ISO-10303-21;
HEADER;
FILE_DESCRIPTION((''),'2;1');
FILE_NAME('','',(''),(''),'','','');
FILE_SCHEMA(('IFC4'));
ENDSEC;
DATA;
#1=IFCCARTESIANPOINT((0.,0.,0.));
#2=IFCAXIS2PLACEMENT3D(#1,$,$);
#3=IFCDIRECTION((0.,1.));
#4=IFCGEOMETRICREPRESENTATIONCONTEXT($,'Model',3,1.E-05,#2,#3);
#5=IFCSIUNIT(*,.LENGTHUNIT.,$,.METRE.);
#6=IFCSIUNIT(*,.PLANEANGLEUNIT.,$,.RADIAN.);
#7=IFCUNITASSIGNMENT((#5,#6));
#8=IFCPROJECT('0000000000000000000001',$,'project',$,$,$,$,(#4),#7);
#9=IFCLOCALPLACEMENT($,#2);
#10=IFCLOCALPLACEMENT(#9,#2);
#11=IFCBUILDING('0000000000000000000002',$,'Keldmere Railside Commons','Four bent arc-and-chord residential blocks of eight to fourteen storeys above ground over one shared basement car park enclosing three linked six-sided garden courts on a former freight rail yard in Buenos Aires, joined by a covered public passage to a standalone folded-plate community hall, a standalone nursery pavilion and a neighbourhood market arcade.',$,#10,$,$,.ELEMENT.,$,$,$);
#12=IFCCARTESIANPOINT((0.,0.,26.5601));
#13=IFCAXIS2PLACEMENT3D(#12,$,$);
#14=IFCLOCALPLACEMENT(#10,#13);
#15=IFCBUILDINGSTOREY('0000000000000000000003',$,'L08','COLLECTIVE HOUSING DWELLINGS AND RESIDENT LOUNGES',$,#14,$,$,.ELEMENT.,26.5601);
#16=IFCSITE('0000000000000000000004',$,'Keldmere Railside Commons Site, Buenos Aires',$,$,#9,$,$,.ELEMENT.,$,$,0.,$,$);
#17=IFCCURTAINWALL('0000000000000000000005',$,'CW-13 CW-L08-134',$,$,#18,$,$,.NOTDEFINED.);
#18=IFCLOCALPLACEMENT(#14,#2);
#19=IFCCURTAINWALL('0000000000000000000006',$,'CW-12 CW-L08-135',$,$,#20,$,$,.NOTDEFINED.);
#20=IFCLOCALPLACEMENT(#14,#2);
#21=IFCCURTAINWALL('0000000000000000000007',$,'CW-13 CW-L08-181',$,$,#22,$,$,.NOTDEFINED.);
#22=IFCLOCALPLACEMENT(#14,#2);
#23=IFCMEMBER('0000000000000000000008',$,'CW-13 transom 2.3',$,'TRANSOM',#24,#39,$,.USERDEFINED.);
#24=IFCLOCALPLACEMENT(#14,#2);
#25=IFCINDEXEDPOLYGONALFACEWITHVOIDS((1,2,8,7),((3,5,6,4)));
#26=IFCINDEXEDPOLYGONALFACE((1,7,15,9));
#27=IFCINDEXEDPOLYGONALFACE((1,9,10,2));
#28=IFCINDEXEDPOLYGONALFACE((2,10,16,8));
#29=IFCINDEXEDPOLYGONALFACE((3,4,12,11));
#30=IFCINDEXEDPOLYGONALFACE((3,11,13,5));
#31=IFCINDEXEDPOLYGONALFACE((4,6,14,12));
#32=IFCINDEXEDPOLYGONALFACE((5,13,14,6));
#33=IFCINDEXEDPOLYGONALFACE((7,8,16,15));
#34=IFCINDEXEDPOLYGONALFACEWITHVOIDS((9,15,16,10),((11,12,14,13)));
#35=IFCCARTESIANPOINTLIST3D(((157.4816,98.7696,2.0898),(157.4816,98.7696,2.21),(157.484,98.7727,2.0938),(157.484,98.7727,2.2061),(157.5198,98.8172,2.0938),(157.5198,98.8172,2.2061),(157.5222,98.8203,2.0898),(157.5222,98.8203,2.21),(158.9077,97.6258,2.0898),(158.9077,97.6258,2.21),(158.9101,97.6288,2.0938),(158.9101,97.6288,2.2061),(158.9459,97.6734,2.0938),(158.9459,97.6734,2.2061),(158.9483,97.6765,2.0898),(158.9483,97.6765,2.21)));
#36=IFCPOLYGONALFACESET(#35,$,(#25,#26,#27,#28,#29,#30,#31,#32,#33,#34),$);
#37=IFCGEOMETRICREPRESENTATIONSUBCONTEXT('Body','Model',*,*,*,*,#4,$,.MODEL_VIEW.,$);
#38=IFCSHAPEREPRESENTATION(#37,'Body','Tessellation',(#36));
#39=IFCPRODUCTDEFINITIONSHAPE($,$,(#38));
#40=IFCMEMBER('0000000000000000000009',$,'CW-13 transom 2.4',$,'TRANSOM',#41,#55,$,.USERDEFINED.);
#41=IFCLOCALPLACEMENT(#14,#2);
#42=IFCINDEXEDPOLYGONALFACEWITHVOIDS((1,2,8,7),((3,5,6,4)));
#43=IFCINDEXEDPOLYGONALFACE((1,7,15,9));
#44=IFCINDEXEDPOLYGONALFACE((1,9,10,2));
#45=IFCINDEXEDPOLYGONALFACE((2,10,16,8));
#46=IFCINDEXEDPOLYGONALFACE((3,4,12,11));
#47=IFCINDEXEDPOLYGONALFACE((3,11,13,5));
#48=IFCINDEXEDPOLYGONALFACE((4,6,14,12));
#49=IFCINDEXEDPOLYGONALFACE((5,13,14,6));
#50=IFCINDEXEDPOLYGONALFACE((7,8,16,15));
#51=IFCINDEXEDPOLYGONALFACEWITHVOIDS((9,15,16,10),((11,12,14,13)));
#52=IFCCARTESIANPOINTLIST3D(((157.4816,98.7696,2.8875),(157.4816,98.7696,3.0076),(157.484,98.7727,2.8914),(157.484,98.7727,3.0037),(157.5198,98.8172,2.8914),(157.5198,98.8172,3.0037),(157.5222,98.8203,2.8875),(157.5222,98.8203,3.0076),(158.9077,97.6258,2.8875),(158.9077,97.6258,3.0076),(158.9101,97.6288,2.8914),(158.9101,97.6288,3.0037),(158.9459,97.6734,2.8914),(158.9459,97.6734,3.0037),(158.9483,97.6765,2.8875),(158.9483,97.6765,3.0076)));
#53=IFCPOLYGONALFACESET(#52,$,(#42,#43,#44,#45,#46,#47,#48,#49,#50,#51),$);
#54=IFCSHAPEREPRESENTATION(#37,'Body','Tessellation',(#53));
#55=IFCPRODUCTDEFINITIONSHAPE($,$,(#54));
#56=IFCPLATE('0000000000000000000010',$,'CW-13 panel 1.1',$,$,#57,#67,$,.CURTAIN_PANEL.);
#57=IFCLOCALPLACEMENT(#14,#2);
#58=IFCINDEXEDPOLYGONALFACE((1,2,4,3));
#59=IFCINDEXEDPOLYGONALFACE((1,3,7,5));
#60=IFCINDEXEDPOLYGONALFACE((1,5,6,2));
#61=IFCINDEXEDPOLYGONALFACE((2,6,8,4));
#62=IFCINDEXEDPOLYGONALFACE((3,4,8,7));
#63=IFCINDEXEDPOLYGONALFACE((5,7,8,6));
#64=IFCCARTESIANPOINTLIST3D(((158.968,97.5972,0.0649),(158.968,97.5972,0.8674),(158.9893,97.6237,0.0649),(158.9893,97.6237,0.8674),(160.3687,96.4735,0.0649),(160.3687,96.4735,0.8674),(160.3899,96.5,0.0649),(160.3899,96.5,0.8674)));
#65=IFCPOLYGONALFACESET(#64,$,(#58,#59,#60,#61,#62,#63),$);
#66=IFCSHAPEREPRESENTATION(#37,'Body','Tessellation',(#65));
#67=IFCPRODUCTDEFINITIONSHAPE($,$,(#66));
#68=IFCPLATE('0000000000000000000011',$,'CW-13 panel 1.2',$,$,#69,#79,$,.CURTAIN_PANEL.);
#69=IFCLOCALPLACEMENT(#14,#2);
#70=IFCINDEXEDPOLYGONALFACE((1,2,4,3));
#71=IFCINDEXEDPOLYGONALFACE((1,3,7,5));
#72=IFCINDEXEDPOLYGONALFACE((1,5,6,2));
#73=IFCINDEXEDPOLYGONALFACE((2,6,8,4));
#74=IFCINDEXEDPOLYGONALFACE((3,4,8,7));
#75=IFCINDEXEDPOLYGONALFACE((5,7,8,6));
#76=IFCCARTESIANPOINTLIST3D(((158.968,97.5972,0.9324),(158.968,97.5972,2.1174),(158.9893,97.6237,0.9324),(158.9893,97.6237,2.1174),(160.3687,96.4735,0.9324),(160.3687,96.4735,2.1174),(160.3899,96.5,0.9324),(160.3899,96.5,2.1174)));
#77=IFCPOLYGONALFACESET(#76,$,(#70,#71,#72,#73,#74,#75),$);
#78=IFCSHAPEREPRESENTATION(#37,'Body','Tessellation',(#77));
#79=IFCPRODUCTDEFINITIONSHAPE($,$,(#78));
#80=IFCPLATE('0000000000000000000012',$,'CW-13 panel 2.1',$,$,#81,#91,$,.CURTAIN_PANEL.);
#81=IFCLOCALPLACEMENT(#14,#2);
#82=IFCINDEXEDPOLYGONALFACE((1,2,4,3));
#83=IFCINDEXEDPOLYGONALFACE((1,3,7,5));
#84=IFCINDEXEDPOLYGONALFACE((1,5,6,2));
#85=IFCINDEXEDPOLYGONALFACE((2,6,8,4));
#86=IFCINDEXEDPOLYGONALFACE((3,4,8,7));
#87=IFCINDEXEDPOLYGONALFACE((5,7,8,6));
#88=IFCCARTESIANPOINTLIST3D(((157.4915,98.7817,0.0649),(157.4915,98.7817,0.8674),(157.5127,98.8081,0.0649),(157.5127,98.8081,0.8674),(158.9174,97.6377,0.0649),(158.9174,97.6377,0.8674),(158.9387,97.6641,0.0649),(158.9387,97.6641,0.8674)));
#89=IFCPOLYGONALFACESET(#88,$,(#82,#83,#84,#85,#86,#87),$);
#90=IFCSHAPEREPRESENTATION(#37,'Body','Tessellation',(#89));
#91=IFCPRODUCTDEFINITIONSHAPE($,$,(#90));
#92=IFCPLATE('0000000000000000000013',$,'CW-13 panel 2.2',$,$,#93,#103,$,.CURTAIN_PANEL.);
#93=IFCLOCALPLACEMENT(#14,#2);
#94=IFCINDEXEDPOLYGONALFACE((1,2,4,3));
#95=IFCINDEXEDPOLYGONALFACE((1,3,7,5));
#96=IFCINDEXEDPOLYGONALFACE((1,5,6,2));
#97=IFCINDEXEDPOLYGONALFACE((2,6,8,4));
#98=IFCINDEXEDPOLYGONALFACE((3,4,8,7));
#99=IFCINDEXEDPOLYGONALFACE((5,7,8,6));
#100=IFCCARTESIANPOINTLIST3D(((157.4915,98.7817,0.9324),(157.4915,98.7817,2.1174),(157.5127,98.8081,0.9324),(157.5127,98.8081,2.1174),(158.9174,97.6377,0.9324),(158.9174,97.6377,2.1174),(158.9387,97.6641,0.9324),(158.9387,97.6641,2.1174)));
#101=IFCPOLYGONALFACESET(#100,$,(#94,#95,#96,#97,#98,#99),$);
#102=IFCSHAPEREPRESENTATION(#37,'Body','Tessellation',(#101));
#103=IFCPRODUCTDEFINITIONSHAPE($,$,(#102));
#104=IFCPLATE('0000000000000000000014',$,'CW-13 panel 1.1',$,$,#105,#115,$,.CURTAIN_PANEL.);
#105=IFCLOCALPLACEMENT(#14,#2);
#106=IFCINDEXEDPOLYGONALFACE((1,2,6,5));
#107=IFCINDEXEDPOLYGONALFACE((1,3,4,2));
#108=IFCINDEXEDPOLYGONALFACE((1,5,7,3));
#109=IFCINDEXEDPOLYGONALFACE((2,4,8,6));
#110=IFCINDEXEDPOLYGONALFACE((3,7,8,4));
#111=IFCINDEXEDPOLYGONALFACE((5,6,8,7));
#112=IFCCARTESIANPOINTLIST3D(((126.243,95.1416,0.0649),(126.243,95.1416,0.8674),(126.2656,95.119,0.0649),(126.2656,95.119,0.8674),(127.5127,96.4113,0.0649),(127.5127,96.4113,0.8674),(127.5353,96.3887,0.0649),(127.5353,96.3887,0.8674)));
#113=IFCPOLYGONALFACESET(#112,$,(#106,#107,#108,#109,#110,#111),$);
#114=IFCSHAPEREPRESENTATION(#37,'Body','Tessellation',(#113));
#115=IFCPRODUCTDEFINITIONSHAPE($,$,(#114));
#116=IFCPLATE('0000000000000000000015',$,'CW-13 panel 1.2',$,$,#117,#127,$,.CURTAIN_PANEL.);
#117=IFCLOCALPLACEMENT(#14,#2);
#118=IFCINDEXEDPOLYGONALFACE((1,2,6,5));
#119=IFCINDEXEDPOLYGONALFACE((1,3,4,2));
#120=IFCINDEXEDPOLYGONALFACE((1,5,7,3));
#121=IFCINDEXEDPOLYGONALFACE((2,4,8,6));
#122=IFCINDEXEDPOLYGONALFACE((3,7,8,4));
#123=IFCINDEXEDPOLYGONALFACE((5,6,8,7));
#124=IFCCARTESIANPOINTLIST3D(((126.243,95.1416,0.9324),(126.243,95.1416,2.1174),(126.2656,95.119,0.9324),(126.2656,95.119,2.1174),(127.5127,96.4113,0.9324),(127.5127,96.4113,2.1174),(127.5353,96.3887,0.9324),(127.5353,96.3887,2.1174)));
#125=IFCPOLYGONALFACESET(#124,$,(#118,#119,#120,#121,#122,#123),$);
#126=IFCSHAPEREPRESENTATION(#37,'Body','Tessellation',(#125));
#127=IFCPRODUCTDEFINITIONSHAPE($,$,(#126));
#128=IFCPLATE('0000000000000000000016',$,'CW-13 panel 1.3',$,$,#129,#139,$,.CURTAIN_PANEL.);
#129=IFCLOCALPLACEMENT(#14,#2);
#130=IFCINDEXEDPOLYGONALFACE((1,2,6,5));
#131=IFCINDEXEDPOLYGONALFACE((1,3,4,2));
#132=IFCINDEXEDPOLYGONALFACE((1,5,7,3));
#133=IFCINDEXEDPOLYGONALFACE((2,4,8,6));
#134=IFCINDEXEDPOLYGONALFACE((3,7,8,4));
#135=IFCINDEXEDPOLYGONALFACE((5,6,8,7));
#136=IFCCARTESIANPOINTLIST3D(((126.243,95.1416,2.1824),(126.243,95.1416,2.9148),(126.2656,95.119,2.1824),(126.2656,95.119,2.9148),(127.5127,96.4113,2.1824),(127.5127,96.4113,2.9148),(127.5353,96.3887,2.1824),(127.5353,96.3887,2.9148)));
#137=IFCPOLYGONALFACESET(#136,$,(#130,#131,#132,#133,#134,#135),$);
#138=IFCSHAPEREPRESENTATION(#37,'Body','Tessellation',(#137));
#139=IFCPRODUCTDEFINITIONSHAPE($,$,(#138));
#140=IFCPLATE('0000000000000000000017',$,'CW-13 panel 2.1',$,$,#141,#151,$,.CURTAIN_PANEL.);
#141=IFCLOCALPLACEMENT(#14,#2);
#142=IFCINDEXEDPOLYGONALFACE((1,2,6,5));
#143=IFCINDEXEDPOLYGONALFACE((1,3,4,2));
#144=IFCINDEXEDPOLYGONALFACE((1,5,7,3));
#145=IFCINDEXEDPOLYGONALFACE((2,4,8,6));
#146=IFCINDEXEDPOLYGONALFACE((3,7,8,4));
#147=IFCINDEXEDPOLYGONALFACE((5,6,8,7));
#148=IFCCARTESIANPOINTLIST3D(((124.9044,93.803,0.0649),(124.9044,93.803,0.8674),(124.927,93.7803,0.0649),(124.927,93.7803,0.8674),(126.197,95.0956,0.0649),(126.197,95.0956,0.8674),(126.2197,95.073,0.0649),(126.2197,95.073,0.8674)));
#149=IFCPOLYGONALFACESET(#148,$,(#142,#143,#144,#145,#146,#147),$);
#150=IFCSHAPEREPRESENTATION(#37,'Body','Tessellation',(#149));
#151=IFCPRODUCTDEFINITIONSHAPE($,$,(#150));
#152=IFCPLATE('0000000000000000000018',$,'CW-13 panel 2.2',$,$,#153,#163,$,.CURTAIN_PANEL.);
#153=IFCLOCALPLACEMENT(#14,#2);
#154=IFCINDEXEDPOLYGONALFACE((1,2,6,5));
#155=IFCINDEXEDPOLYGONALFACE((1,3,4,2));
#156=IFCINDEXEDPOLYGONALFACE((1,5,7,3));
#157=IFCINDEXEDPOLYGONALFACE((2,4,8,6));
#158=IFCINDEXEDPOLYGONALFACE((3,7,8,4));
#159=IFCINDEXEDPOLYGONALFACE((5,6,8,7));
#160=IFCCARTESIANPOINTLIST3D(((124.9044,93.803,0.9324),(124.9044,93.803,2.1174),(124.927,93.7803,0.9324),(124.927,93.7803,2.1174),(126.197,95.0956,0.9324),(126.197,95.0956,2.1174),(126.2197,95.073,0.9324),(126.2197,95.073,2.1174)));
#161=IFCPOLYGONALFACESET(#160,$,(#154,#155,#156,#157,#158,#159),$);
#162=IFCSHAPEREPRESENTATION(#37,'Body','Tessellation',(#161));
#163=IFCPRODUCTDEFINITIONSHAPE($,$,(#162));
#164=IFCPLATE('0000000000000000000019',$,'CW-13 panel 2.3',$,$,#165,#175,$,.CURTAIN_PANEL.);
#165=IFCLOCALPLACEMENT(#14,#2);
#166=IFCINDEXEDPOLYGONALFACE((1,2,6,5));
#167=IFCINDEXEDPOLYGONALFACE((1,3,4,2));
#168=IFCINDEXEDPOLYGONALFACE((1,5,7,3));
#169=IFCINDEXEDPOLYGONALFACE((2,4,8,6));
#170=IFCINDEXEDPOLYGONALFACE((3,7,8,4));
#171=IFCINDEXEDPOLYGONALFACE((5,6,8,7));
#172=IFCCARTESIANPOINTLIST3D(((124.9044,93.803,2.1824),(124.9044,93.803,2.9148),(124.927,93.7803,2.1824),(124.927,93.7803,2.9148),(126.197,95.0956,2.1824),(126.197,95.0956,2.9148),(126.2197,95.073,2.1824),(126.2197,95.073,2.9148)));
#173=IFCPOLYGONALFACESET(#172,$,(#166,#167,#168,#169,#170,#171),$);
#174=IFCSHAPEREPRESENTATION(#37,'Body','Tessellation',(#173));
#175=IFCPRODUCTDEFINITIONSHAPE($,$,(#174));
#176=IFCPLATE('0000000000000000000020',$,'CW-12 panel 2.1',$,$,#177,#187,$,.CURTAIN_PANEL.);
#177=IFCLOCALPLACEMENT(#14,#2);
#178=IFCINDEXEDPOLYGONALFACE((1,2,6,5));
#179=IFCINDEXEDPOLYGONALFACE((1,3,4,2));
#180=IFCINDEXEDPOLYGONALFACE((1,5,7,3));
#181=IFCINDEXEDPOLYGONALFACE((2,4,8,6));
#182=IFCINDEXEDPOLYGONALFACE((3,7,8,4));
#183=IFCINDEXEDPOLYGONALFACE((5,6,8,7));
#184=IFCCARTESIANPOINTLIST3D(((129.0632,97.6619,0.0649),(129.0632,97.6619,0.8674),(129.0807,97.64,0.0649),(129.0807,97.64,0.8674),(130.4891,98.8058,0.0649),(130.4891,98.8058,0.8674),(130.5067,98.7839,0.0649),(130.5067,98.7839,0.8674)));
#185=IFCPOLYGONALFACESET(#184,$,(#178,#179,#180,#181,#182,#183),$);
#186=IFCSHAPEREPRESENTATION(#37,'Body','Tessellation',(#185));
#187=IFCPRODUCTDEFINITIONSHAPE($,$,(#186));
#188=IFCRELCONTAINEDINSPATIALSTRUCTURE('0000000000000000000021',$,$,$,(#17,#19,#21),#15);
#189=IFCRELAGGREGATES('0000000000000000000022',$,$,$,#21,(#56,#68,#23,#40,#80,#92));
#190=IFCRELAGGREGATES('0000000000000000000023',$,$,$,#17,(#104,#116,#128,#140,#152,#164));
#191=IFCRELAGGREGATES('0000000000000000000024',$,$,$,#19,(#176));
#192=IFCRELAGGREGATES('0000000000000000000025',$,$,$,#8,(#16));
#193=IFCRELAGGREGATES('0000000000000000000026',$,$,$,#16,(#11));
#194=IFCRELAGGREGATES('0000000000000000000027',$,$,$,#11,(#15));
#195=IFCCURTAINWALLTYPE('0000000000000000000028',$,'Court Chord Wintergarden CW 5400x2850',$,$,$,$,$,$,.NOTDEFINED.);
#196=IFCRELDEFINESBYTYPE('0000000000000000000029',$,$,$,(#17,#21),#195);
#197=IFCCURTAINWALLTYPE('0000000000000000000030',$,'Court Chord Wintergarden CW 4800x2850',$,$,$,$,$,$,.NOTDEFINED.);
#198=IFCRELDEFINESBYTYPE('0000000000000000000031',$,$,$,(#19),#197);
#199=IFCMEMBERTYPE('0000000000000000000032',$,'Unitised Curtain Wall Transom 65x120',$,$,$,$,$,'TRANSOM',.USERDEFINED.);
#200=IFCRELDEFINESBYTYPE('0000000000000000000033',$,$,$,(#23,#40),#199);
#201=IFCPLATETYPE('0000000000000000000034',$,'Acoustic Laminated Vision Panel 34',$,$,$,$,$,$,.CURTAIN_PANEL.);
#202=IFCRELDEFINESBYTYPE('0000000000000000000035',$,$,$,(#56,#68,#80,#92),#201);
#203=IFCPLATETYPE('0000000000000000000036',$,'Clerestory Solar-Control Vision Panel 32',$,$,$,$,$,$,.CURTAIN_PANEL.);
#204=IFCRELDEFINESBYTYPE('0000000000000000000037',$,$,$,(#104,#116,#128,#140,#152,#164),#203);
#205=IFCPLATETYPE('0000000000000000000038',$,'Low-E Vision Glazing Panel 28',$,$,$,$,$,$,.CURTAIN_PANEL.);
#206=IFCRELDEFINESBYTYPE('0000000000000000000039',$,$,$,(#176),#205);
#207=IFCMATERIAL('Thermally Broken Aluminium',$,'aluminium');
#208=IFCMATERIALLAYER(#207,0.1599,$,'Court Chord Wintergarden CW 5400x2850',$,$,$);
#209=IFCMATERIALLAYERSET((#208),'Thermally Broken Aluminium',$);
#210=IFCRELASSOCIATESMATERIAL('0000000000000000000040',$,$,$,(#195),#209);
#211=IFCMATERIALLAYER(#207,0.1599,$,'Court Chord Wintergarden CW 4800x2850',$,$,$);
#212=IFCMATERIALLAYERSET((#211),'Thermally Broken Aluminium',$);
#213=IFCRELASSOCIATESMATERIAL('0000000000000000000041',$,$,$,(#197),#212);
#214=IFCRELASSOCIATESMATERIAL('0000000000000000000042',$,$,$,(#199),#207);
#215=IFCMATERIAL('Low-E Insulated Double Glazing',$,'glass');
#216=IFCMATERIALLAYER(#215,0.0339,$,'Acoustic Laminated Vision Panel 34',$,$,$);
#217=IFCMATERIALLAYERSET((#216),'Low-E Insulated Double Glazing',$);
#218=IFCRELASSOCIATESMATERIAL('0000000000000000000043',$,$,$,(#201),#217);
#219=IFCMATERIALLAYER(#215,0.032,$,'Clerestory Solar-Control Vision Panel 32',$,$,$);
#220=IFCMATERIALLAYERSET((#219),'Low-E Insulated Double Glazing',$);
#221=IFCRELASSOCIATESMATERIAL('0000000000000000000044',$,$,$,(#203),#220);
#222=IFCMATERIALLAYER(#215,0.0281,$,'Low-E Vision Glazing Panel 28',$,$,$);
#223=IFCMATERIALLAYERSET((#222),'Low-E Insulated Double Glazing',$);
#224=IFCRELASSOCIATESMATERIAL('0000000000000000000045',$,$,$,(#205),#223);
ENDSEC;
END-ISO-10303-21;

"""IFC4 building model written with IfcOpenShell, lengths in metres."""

from ifc_helpers import new_model, si_unit, direction, frame, origin, origin_2d, place, context, subcontext, project, spatial, rectangle, hollow_rectangle, extrude, material, layer, layer_set, material_profile, profile_set, type_object, element, aggregate, save


model = new_model("IFC4")

# Units and contexts
model_context = context("Model", 3, precision=1e-05, world=origin(), true_north=direction((0.0, 1.0)))
body_context = subcontext(model_context, "Body", "Model", "MODEL_VIEW")
ifc_project = project(units=[si_unit("LENGTHUNIT", "METRE"), si_unit("PLANEANGLEUNIT", "RADIAN")], contexts=[model_context])

# Site, building, storey
site_placement = place(None, origin())
site = spatial("IfcSite", under=ifc_project, at=site_placement, Name="Keldmere Railside Commons Site, Buenos Aires", CompositionType="ELEMENT", RefElevation=0.0)
building_placement = place(site_placement, origin())
building = spatial("IfcBuilding", under=site, at=building_placement, Name="Keldmere Railside Commons", Description="Four bent arc-and-chord residential blocks of eight to fourteen storeys above ground over one shared basement car park enclosing three linked six-sided garden courts on a former freight rail yard in Buenos Aires, joined by a covered public passage to a standalone folded-plate community hall, a standalone nursery pavilion and a neighbourhood market arcade.", CompositionType="ELEMENT")
storey_placement = place(building_placement, frame((0.0, 0.0, 26.5601)))
storey = spatial("IfcBuildingStorey", under=building, at=storey_placement, Name="L08", Description="COLLECTIVE HOUSING DWELLINGS AND RESIDENT LOUNGES", CompositionType="ELEMENT", Elevation=26.5601)

# Curtain walls
ifc_material_1 = material(Name="Thermally Broken Aluminium", Category="aluminium")
ifc_layer_1 = layer(ifc_material_1, 0.1599, Name="Court Chord Wintergarden CW 5400x2850")
ifc_layer_set_1 = layer_set([ifc_layer_1], Name="Thermally Broken Aluminium")
curtain_wall_type_1 = type_object("IfcCurtainWallType", Name="Court Chord Wintergarden CW 5400x2850", PredefinedType="NOTDEFINED", material=ifc_layer_set_1)
curtain_wall_1_placement = place(storey_placement, origin())
curtain_wall_1 = element("IfcCurtainWall", 1, at=curtain_wall_1_placement, inside=storey, type_object=curtain_wall_type_1, Name="CW-13 CW-L08-134", PredefinedType="NOTDEFINED")
ifc_layer_2 = layer(ifc_material_1, 0.1599, Name="Court Chord Wintergarden CW 4800x2850")
ifc_layer_set_2 = layer_set([ifc_layer_2], Name="Thermally Broken Aluminium")
curtain_wall_type_2 = type_object("IfcCurtainWallType", Name="Court Chord Wintergarden CW 4800x2850", PredefinedType="NOTDEFINED", material=ifc_layer_set_2)
curtain_wall_2_placement = place(storey_placement, origin())
curtain_wall_2 = element("IfcCurtainWall", 2, at=curtain_wall_2_placement, inside=storey, type_object=curtain_wall_type_2, Name="CW-12 CW-L08-135", PredefinedType="NOTDEFINED")

# Curtain wall
curtain_wall_3_placement = place(storey_placement, origin())
curtain_wall_3 = element("IfcCurtainWall", 3, at=curtain_wall_3_placement, inside=storey, type_object=curtain_wall_type_1, Name="CW-13 CW-L08-181", PredefinedType="NOTDEFINED")

# Members
ifc_material_profile_1 = material_profile(ifc_material_1, hollow_rectangle(XDim=0.0649, YDim=0.1201, WallThickness=0.0039, at=origin_2d()), Name="ALU-TRAN-65x120")
ifc_profile_set_1 = profile_set([ifc_material_profile_1], Name="Thermally Broken Aluminium")
member_type_1 = type_object("IfcMemberType", Name="Unitised Curtain Wall Transom 65x120", ElementType="TRANSOM", PredefinedType="USERDEFINED", material=ifc_profile_set_1)
member_1_placement = place(storey_placement, frame((158.928, 97.6511, 2.1499), z_axis=(-0.780073, 0.625688, 0.0), x_axis=(-0.625688, -0.780073, 0.0)))
member_1 = element("IfcMember", 4, at=member_1_placement, type_object=member_type_1, Name="CW-13 transom 2.3", ObjectType="TRANSOM", PredefinedType="USERDEFINED", context=body_context, shape_type="SweptSolid", body=[
    extrude(hollow_rectangle(XDim=0.0649, YDim=0.1201, WallThickness=0.0039, at=origin_2d()), origin(), (0.0, 0.0, 1.0), 1.8281),
])
member_2_placement = place(storey_placement, frame((158.928, 97.6511, 2.9475), z_axis=(-0.780073, 0.625688, 0.0), x_axis=(-0.625688, -0.780073, 0.0)))
member_2 = element("IfcMember", 5, at=member_2_placement, type_object=member_type_1, Name="CW-13 transom 2.4", ObjectType="TRANSOM", PredefinedType="USERDEFINED", context=body_context, shape_type="SweptSolid", body=[
    extrude(hollow_rectangle(XDim=0.0649, YDim=0.1201, WallThickness=0.0039, at=origin_2d()), origin(), (0.0, 0.0, 1.0), 1.8281),
])

# Plates
ifc_material_2 = material(Name="Low-E Insulated Double Glazing", Category="glass")
ifc_layer_3 = layer(ifc_material_2, 0.0339, Name="Acoustic Laminated Vision Panel 34")
ifc_layer_set_3 = layer_set([ifc_layer_3], Name="Low-E Insulated Double Glazing")
plate_type_1 = type_object("IfcPlateType", Name="Acoustic Laminated Vision Panel 34", PredefinedType="CURTAIN_PANEL", material=ifc_layer_set_3)
plate_1_placement = place(storey_placement, frame((159.679, 97.0486, 0.0649), z_axis=(0.0, 0.0, 1.0), x_axis=(-0.780009, 0.625768, 0.0)))
plate_1 = element("IfcPlate", 6, at=plate_1_placement, type_object=plate_type_1, Name="CW-13 panel 1.1", PredefinedType="CURTAIN_PANEL", context=body_context, shape_type="SweptSolid", body=[
    extrude(rectangle(XDim=1.7957, YDim=0.0339, at=origin_2d()), origin(), (0.0, 0.0, 1.0), 0.8025),
])
plate_2_placement = place(storey_placement, frame((159.679, 97.0486, 0.9324), z_axis=(0.0, 0.0, 1.0), x_axis=(-0.780009, 0.625768, 0.0)))
plate_2 = element("IfcPlate", 7, at=plate_2_placement, type_object=plate_type_1, Name="CW-13 panel 1.2", PredefinedType="CURTAIN_PANEL", context=body_context, shape_type="SweptSolid", body=[
    extrude(rectangle(XDim=1.7957, YDim=0.0339, at=origin_2d()), origin(), (0.0, 0.0, 1.0), 1.1851),
])
plate_3_placement = place(storey_placement, frame((158.2151, 98.2229, 0.0649), z_axis=(0.0, 0.0, 1.0), x_axis=(-0.780009, 0.625768, 0.0)))
plate_3 = element("IfcPlate", 8, at=plate_3_placement, type_object=plate_type_1, Name="CW-13 panel 2.1", PredefinedType="CURTAIN_PANEL", context=body_context, shape_type="SweptSolid", body=[
    extrude(rectangle(XDim=1.8281, YDim=0.0339, at=origin_2d()), origin(), (0.0, 0.0, 1.0), 0.8025),
])
plate_4_placement = place(storey_placement, frame((158.2151, 98.2229, 0.9324), z_axis=(0.0, 0.0, 1.0), x_axis=(-0.780009, 0.625768, 0.0)))
plate_4 = element("IfcPlate", 9, at=plate_4_placement, type_object=plate_type_1, Name="CW-13 panel 2.2", PredefinedType="CURTAIN_PANEL", context=body_context, shape_type="SweptSolid", body=[
    extrude(rectangle(XDim=1.8281, YDim=0.0339, at=origin_2d()), origin(), (0.0, 0.0, 1.0), 1.1851),
])
aggregate(curtain_wall_3, [plate_1, plate_2, member_1, member_2, plate_3, plate_4])
ifc_layer_4 = layer(ifc_material_2, 0.032, Name="Clerestory Solar-Control Vision Panel 32")
ifc_layer_set_4 = layer_set([ifc_layer_4], Name="Low-E Insulated Double Glazing")
plate_type_2 = type_object("IfcPlateType", Name="Clerestory Solar-Control Vision Panel 32", PredefinedType="CURTAIN_PANEL", material=ifc_layer_set_4)
plate_5_placement = place(storey_placement, frame((126.8892, 95.7651, 0.0649), z_axis=(0.0, 0.0, 1.0), x_axis=(-0.707107, -0.707107, 0.0)))
plate_5 = element("IfcPlate", 10, at=plate_5_placement, type_object=plate_type_2, Name="CW-13 panel 1.1", PredefinedType="CURTAIN_PANEL", context=body_context, shape_type="SweptSolid", body=[
    extrude(rectangle(XDim=1.7957, YDim=0.032, at=origin_2d()), origin(), (0.0, 0.0, 1.0), 0.8025),
])
plate_6_placement = place(storey_placement, frame((126.8892, 95.7651, 0.9324), z_axis=(0.0, 0.0, 1.0), x_axis=(-0.707107, -0.707107, 0.0)))
plate_6 = element("IfcPlate", 11, at=plate_6_placement, type_object=plate_type_2, Name="CW-13 panel 1.2", PredefinedType="CURTAIN_PANEL", context=body_context, shape_type="SweptSolid", body=[
    extrude(rectangle(XDim=1.7957, YDim=0.032, at=origin_2d()), origin(), (0.0, 0.0, 1.0), 1.1851),
])
plate_7_placement = place(storey_placement, frame((126.8892, 95.7651, 2.1824), z_axis=(0.0, 0.0, 1.0), x_axis=(-0.707107, -0.707107, 0.0)))
plate_7 = element("IfcPlate", 12, at=plate_7_placement, type_object=plate_type_2, Name="CW-13 panel 1.3", PredefinedType="CURTAIN_PANEL", context=body_context, shape_type="SweptSolid", body=[
    extrude(rectangle(XDim=1.7957, YDim=0.032, at=origin_2d()), origin(), (0.0, 0.0, 1.0), 0.7324),
])
plate_8_placement = place(storey_placement, frame((125.562, 94.438, 0.0649), z_axis=(0.0, 0.0, 1.0), x_axis=(-0.707107, -0.707107, 0.0)))
plate_8 = element("IfcPlate", 13, at=plate_8_placement, type_object=plate_type_2, Name="CW-13 panel 2.1", PredefinedType="CURTAIN_PANEL", context=body_context, shape_type="SweptSolid", body=[
    extrude(rectangle(XDim=1.8281, YDim=0.032, at=origin_2d()), origin(), (0.0, 0.0, 1.0), 0.8025),
])
plate_9_placement = place(storey_placement, frame((125.562, 94.438, 0.9324), z_axis=(0.0, 0.0, 1.0), x_axis=(-0.707107, -0.707107, 0.0)))
plate_9 = element("IfcPlate", 14, at=plate_9_placement, type_object=plate_type_2, Name="CW-13 panel 2.2", PredefinedType="CURTAIN_PANEL", context=body_context, shape_type="SweptSolid", body=[
    extrude(rectangle(XDim=1.8281, YDim=0.032, at=origin_2d()), origin(), (0.0, 0.0, 1.0), 1.1851),
])
plate_10_placement = place(storey_placement, frame((125.562, 94.438, 2.1824), z_axis=(0.0, 0.0, 1.0), x_axis=(-0.707107, -0.707107, 0.0)))
plate_10 = element("IfcPlate", 15, at=plate_10_placement, type_object=plate_type_2, Name="CW-13 panel 2.3", PredefinedType="CURTAIN_PANEL", context=body_context, shape_type="SweptSolid", body=[
    extrude(rectangle(XDim=1.8281, YDim=0.032, at=origin_2d()), origin(), (0.0, 0.0, 1.0), 0.7324),
])
aggregate(curtain_wall_1, [plate_5, plate_6, plate_7, plate_8, plate_9, plate_10])
ifc_layer_5 = layer(ifc_material_2, 0.0281, Name="Low-E Vision Glazing Panel 28")
ifc_layer_set_5 = layer_set([ifc_layer_5], Name="Low-E Insulated Double Glazing")
plate_type_3 = type_object("IfcPlateType", Name="Low-E Vision Glazing Panel 28", PredefinedType="CURTAIN_PANEL", material=ifc_layer_set_5)
plate_11_placement = place(storey_placement, frame((129.7849, 98.2229, 0.0649), z_axis=(0.0, 0.0, 1.0), x_axis=(-0.780009, -0.625768, 0.0)))
plate_11 = element("IfcPlate", 16, at=plate_11_placement, type_object=plate_type_3, Name="CW-12 panel 2.1", PredefinedType="CURTAIN_PANEL", context=body_context, shape_type="SweptSolid", body=[
    extrude(rectangle(XDim=1.8281, YDim=0.0281, at=origin_2d()), origin(), (0.0, 0.0, 1.0), 0.8025),
])
aggregate(curtain_wall_2, [plate_11])

save(model, "model.ifc")
